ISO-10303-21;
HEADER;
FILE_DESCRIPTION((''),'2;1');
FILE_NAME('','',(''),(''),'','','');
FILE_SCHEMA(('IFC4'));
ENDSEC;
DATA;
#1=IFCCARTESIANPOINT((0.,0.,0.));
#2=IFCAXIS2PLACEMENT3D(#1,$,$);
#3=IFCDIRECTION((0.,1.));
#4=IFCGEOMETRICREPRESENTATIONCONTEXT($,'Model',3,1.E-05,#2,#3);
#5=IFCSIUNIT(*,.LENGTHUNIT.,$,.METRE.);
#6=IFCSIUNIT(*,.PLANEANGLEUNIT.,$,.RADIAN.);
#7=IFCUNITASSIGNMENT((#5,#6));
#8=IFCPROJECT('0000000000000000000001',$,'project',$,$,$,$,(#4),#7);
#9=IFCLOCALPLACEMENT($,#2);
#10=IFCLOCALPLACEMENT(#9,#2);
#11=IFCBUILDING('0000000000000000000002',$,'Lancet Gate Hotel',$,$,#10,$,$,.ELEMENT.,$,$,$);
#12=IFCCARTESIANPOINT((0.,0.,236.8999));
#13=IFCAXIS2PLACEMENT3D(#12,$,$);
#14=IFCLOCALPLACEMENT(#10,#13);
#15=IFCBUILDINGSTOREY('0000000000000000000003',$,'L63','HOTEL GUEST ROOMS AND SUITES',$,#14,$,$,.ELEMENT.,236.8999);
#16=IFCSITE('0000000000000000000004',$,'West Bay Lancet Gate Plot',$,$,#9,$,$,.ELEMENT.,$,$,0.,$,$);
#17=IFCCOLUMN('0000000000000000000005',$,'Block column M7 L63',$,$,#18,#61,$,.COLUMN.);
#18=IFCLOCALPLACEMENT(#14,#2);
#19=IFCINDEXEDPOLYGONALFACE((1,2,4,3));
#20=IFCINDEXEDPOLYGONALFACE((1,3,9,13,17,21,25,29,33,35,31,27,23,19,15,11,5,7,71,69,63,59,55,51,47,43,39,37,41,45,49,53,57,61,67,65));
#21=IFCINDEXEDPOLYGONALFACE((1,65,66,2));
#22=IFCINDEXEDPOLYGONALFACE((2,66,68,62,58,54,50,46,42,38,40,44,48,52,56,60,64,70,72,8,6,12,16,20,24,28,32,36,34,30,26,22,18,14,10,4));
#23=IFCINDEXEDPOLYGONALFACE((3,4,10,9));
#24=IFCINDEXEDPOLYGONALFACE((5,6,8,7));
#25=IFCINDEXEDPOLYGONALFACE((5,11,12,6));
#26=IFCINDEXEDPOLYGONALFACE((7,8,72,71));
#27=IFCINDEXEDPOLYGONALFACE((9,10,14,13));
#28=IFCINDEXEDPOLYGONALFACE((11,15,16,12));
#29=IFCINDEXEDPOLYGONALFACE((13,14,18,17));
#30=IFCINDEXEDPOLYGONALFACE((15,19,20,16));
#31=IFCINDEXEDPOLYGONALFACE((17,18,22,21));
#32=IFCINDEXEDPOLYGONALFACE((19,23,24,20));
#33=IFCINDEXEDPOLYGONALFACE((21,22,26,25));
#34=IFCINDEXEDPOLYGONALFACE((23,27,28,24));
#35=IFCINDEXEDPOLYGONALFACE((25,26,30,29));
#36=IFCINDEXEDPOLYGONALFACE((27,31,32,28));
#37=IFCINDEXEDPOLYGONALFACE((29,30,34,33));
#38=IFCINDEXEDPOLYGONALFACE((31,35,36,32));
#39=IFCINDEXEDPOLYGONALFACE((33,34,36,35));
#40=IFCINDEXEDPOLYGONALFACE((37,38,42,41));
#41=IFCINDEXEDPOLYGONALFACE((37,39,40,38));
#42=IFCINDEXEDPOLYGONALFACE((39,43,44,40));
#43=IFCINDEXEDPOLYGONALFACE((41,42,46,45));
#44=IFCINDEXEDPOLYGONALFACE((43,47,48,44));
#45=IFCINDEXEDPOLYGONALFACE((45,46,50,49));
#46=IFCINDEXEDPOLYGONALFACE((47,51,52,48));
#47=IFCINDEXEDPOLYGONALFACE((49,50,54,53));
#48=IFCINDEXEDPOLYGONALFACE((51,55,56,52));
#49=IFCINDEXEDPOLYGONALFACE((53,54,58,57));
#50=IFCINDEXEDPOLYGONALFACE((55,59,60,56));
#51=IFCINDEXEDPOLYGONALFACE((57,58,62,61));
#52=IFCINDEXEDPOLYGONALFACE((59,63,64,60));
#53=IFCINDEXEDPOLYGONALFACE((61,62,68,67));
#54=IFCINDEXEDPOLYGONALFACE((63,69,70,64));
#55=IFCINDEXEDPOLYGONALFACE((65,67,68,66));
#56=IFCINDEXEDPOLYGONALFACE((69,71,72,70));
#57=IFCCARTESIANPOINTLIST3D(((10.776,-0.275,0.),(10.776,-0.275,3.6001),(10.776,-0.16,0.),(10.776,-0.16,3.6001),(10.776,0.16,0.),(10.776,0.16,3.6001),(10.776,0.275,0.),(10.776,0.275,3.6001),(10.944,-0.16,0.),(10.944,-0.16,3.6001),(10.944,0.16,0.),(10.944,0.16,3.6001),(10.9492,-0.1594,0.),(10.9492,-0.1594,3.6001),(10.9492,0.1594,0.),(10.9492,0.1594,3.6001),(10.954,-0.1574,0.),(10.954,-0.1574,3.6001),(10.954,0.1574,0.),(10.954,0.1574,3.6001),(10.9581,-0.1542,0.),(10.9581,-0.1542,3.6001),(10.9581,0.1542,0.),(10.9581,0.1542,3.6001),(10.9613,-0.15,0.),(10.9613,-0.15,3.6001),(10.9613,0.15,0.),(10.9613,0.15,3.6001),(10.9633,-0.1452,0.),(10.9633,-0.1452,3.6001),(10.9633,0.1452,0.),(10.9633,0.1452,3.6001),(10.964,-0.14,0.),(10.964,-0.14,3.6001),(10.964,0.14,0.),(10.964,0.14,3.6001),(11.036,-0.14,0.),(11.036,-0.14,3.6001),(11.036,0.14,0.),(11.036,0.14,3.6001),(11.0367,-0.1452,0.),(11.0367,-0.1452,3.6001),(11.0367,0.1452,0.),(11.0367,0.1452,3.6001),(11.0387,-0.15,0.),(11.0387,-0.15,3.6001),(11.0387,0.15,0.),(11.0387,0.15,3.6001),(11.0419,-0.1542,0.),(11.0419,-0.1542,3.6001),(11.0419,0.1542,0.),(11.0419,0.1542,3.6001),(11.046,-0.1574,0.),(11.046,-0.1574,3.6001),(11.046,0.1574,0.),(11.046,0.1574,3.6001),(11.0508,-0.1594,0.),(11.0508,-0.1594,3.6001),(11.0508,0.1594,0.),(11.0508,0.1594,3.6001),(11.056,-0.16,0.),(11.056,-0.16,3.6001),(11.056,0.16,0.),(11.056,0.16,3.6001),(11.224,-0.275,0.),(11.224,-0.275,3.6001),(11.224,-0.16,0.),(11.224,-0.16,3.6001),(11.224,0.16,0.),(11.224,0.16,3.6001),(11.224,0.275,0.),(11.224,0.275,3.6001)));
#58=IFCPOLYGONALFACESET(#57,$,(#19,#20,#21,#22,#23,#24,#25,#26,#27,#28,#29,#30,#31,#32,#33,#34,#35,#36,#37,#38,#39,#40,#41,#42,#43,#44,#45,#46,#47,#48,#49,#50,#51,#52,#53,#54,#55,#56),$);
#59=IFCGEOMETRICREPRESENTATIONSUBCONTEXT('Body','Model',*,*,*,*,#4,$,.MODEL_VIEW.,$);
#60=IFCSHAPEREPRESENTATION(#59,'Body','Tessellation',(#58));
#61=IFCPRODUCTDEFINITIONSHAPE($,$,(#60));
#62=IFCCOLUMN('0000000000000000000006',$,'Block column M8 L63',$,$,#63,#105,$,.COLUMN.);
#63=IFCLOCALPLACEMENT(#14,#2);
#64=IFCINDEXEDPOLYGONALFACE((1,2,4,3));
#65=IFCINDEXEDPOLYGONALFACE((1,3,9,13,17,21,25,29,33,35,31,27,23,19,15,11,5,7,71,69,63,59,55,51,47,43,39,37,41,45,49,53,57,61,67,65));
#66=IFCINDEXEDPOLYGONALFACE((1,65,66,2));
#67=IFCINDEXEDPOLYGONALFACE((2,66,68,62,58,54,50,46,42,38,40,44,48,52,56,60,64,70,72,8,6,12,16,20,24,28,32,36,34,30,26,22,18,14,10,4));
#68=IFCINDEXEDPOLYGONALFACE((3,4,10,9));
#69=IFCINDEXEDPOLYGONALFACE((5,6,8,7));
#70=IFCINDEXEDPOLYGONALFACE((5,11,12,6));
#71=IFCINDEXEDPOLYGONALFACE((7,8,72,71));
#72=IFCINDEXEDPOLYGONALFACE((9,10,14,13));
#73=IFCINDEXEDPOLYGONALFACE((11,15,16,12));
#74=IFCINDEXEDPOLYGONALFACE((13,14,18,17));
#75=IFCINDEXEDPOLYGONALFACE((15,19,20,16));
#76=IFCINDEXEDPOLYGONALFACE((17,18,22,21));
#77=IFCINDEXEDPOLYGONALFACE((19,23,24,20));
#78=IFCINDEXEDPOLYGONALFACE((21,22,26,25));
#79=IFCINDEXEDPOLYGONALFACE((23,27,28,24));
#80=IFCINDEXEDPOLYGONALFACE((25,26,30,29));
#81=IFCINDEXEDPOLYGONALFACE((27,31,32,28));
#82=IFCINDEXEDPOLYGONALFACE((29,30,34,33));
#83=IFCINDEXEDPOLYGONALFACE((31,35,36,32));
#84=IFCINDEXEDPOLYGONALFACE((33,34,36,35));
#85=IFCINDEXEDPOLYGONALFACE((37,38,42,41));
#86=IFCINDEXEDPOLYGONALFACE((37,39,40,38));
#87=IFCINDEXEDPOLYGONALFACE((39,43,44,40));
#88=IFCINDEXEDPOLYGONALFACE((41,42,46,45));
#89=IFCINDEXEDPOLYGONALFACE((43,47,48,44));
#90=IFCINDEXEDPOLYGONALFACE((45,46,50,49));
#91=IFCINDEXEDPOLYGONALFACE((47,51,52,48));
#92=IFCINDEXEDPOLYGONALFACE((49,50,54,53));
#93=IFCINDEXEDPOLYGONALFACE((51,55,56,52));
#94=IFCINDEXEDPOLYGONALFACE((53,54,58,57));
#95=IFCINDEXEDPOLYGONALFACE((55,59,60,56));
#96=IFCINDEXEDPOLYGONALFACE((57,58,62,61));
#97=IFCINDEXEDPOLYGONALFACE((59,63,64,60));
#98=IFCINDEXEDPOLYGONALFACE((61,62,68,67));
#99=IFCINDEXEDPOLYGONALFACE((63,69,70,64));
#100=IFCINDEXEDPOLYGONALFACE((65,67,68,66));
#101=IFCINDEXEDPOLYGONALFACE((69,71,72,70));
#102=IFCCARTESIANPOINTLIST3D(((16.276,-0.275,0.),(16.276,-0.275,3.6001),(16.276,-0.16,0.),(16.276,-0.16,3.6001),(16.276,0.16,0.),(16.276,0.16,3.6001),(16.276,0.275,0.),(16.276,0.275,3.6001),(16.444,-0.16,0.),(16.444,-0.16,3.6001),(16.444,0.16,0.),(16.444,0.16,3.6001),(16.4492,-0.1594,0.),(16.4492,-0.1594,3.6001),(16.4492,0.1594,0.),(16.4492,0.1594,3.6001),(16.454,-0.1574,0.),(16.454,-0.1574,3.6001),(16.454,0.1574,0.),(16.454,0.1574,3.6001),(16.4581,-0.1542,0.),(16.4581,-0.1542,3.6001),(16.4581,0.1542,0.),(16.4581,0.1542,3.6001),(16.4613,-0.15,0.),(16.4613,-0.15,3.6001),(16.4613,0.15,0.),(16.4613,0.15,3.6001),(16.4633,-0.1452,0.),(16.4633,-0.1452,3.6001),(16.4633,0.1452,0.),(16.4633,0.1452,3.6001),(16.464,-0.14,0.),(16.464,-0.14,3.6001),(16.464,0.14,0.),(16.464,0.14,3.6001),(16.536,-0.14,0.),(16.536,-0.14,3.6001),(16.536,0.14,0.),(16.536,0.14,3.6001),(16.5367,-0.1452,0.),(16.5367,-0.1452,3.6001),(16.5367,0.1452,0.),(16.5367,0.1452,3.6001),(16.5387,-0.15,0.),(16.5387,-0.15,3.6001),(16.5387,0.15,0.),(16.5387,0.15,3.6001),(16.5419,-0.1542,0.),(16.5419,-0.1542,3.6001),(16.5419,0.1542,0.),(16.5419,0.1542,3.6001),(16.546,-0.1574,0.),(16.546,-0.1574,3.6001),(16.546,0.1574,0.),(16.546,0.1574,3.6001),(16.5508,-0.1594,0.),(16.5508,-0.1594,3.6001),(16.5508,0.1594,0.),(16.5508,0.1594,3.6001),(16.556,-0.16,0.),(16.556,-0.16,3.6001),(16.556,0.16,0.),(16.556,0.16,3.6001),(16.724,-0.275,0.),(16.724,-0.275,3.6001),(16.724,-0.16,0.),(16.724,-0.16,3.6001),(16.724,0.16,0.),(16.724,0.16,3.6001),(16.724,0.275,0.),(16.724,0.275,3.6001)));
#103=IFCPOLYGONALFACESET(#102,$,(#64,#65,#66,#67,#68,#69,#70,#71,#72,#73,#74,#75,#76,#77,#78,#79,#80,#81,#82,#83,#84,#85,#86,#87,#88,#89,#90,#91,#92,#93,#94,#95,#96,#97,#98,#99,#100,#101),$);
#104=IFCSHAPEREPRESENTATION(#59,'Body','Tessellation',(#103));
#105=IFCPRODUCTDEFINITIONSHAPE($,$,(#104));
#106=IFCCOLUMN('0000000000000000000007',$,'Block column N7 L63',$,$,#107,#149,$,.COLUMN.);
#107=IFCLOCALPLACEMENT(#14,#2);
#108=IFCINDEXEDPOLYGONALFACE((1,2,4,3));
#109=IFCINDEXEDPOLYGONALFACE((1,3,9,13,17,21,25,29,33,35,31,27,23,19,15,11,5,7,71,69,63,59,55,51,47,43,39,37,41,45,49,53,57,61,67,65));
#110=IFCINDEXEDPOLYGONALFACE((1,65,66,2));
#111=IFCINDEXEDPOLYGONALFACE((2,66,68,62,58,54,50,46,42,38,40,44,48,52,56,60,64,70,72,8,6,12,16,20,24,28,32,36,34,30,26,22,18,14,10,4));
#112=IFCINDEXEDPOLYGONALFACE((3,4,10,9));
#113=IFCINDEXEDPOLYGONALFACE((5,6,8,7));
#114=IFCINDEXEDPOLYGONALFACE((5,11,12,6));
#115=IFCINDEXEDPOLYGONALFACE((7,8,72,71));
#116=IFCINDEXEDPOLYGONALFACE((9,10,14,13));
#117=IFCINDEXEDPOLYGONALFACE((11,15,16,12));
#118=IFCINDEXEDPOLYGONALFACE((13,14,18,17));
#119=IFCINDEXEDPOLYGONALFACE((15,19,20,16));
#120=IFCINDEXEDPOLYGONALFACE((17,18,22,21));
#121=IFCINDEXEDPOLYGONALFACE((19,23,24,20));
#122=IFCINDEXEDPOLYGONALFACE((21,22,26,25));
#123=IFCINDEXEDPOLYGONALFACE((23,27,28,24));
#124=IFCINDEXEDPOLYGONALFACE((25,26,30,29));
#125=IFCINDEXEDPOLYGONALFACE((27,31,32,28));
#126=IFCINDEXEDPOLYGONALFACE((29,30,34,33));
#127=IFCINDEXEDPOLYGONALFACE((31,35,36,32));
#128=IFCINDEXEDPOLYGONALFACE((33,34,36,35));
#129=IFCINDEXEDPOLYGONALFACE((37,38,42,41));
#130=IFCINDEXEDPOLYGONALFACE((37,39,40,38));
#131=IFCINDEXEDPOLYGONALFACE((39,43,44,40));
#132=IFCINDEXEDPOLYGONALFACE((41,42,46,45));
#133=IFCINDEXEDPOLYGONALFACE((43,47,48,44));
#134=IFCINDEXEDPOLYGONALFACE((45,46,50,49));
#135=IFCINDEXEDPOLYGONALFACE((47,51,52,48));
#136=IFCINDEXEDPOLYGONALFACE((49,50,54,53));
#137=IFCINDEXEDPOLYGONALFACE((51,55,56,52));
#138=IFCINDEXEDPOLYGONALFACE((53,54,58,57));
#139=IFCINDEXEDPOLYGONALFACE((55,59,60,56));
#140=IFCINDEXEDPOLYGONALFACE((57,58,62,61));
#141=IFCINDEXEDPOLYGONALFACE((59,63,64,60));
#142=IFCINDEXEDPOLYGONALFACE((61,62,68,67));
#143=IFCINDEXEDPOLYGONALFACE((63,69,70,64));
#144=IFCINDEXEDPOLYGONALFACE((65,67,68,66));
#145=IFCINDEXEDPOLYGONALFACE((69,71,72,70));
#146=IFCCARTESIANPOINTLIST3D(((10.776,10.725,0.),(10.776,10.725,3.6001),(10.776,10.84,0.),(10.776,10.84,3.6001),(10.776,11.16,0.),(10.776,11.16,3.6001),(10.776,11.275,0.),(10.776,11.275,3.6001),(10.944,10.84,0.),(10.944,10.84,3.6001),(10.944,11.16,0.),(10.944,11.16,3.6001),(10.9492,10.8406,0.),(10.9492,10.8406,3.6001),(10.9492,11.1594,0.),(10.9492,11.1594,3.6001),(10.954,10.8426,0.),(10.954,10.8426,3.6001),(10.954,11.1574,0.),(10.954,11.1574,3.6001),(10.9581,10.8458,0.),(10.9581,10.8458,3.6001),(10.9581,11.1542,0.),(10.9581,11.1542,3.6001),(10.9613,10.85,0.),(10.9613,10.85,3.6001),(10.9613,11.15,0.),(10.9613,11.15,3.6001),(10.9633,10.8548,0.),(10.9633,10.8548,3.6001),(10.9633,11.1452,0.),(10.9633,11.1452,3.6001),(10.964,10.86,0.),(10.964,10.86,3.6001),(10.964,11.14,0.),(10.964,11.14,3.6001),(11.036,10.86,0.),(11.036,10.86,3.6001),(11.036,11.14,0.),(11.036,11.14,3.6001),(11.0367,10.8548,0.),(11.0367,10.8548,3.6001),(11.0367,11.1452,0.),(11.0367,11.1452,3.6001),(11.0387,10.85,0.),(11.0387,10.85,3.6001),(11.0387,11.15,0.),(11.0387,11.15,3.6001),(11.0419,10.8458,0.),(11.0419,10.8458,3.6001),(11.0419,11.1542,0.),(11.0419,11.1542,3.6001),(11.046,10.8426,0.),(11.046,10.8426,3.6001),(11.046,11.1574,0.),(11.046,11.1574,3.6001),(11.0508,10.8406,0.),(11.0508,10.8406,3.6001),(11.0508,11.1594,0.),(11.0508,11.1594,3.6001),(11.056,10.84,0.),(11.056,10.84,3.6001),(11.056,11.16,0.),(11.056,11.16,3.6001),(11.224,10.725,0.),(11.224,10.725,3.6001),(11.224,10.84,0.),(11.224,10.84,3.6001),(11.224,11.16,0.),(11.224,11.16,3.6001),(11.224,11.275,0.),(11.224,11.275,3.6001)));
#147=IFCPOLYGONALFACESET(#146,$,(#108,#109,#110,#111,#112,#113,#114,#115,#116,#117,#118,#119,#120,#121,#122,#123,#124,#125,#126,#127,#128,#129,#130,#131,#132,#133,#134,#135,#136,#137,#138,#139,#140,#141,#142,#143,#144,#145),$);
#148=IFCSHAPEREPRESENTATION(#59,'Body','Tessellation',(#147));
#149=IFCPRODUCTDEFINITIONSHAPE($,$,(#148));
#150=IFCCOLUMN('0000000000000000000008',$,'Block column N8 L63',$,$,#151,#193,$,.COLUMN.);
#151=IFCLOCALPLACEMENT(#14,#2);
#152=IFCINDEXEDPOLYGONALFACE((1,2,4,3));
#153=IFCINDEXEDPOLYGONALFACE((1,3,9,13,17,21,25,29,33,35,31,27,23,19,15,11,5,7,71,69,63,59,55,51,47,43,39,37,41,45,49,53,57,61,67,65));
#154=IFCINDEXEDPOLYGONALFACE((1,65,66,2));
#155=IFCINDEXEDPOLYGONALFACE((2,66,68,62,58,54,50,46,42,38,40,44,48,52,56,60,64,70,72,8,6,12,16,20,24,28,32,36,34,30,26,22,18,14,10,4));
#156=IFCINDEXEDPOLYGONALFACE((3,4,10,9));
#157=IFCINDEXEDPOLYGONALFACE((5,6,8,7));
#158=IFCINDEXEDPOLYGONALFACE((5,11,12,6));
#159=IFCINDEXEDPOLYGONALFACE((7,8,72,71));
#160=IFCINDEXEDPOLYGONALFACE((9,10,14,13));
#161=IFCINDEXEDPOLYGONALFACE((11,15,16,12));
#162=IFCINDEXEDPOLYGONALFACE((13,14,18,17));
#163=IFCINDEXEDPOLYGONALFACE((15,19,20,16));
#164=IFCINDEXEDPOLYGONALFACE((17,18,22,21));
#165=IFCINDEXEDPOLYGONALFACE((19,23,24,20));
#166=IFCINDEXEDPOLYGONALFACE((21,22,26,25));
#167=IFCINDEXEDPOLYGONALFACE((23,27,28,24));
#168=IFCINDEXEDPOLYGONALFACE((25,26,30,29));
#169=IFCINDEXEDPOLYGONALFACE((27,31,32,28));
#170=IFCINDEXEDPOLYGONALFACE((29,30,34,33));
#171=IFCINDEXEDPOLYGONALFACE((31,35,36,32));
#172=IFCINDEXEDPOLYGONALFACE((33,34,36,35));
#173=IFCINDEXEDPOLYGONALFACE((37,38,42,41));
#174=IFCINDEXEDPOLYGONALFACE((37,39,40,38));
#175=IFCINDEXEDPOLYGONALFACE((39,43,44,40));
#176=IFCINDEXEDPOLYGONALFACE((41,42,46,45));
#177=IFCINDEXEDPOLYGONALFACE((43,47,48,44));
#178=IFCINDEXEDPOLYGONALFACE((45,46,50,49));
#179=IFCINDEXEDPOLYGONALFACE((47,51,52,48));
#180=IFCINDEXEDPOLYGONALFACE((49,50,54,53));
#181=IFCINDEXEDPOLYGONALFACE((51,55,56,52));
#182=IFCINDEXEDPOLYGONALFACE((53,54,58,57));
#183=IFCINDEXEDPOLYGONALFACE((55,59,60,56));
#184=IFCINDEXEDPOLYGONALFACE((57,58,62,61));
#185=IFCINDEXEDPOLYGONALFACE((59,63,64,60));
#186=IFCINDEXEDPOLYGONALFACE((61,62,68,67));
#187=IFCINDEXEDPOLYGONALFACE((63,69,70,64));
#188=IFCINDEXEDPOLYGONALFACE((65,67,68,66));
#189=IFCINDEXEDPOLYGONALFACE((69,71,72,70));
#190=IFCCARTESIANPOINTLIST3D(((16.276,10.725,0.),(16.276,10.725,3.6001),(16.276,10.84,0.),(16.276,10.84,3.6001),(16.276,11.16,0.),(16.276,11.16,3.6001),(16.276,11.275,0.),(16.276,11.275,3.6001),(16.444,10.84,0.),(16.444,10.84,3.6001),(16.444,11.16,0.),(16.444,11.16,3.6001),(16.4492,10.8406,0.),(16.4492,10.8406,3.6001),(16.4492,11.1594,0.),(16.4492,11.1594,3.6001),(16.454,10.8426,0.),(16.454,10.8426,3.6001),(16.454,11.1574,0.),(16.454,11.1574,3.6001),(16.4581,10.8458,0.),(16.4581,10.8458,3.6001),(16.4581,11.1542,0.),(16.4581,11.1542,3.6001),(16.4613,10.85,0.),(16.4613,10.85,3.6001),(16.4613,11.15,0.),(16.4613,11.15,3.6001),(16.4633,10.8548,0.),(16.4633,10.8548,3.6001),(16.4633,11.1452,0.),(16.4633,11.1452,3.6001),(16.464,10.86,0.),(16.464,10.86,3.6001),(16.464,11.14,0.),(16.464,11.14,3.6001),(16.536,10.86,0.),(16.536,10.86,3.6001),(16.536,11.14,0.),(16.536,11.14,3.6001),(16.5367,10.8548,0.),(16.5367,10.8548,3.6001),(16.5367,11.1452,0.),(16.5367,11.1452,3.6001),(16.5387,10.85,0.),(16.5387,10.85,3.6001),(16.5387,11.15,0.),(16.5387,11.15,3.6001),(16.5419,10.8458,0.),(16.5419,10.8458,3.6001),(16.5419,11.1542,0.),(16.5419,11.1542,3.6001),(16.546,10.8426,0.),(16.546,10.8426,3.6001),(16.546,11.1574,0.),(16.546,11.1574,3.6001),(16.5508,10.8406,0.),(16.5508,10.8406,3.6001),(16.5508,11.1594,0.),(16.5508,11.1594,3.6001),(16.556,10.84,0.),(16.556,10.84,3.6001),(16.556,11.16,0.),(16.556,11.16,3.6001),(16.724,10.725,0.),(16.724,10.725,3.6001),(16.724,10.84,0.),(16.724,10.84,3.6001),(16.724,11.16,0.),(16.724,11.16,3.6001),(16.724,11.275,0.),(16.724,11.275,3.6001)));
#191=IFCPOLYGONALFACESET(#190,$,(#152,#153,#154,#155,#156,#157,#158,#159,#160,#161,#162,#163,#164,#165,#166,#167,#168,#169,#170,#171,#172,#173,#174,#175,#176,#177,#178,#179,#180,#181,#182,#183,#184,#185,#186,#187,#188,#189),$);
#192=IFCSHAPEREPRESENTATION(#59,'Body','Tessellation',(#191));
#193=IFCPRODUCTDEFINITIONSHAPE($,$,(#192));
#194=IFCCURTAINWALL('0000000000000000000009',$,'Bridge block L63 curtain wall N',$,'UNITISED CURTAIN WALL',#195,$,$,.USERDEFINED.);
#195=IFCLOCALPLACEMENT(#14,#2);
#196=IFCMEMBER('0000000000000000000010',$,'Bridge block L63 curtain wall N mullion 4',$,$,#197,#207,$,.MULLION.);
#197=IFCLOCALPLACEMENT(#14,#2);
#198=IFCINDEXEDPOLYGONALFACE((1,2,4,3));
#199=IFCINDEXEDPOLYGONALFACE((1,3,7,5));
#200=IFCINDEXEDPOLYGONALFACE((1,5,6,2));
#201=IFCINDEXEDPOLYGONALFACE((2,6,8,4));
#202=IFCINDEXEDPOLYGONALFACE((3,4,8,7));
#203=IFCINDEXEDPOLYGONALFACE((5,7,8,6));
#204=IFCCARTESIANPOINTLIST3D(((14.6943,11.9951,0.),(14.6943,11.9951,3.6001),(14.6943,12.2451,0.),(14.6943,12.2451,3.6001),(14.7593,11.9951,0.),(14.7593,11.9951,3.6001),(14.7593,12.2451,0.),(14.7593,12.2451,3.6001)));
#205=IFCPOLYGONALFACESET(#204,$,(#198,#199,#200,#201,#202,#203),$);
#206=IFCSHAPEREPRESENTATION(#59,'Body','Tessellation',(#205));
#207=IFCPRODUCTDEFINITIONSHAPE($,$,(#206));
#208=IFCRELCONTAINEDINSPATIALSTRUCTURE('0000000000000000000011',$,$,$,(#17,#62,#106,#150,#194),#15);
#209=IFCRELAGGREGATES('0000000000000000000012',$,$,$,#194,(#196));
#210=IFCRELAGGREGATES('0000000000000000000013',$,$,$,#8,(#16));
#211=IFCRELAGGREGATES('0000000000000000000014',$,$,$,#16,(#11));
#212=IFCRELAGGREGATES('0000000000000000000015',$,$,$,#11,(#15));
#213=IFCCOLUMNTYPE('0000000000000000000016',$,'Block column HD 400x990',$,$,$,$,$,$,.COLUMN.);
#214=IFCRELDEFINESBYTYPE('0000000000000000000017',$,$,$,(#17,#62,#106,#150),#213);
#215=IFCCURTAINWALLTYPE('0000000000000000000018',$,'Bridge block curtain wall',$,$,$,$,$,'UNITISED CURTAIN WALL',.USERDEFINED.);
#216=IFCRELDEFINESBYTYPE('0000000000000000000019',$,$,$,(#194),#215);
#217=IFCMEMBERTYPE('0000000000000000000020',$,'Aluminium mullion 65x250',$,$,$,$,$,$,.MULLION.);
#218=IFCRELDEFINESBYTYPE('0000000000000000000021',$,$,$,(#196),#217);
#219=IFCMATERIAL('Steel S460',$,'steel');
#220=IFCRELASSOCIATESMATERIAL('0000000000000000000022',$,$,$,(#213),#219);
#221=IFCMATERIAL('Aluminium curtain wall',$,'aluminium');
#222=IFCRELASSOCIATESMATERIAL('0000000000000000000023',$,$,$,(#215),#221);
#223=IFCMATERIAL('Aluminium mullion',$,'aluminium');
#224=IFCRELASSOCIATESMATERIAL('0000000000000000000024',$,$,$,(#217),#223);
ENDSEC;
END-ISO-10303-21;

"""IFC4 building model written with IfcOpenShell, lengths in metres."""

from ifc_helpers import new_model, si_unit, direction, frame, origin, origin_2d, place, context, subcontext, project, spatial, rectangle, i_section, extrude, material, material_profile, profile_set, type_object, element, aggregate, save


model = new_model("IFC4")

# Units and contexts
model_context = context("Model", 3, precision=1e-05, world=origin(), true_north=direction((0.0, 1.0)))
body_context = subcontext(model_context, "Body", "Model", "MODEL_VIEW")
ifc_project = project(units=[si_unit("LENGTHUNIT", "METRE"), si_unit("PLANEANGLEUNIT", "RADIAN")], contexts=[model_context])

# Site, building, storey
site_placement = place(None, origin())
site = spatial("IfcSite", under=ifc_project, at=site_placement, Name="West Bay Lancet Gate Plot", CompositionType="ELEMENT", RefElevation=0.0)
building_placement = place(site_placement, origin())
building = spatial("IfcBuilding", under=site, at=building_placement, Name="Lancet Gate Hotel", CompositionType="ELEMENT")
storey_placement = place(building_placement, frame((0.0, 0.0, 236.8999)))
storey = spatial("IfcBuildingStorey", under=building, at=storey_placement, Name="L63", Description="HOTEL GUEST ROOMS AND SUITES", CompositionType="ELEMENT", Elevation=236.8999)

# Columns
ifc_material_1 = material(Name="Steel S460", Category="steel")
ifc_material_profile_1 = material_profile(ifc_material_1, i_section(OverallWidth=0.448, OverallDepth=0.55, WebThickness=0.072, FlangeThickness=0.115, FilletRadius=0.02, at=origin_2d()), Name="HD 400x990")
ifc_profile_set_1 = profile_set([ifc_material_profile_1], Name="Steel S460")
column_type = type_object("IfcColumnType", Name="Block column HD 400x990", PredefinedType="COLUMN", material=ifc_profile_set_1)
for number, where, z_axis, x_axis, name in (
    (1, (11.0, 0.0, 0.0), (0.0, 0.0, 1.0), (1.0, 0.0, 0.0), "Block column M7 L63"),
    (2, (16.5, 0.0, 0.0), (0.0, 0.0, 1.0), (1.0, 0.0, 0.0), "Block column M8 L63"),
    (3, (11.0, 11.0, 0.0), (0.0, 0.0, 1.0), (1.0, 0.0, 0.0), "Block column N7 L63"),
    (4, (16.5, 11.0, 0.0), (0.0, 0.0, 1.0), (1.0, 0.0, 0.0), "Block column N8 L63"),
):
    element("IfcColumn", number, at=place(storey_placement, frame(where, z_axis=z_axis, x_axis=x_axis)), inside=storey, type_object=column_type, Name=name, PredefinedType="COLUMN", context=body_context, shape_type="SweptSolid", body=[
        extrude(i_section(OverallWidth=0.448, OverallDepth=0.55, WebThickness=0.072, FlangeThickness=0.115, FilletRadius=0.02, at=origin_2d()), origin(), (0.0, 0.0, 1.0), 3.6001),
    ])

# Curtain wall, member
ifc_material_2 = material(Name="Aluminium curtain wall", Category="aluminium")
curtain_wall_type = type_object("IfcCurtainWallType", Name="Bridge block curtain wall", ElementType="UNITISED CURTAIN WALL", PredefinedType="USERDEFINED", material=ifc_material_2)
curtain_wall_placement = place(storey_placement, origin())
curtain_wall = element("IfcCurtainWall", 5, at=curtain_wall_placement, inside=storey, type_object=curtain_wall_type, Name="Bridge block L63 curtain wall N", ObjectType="UNITISED CURTAIN WALL", PredefinedType="USERDEFINED")
ifc_material_3 = material(Name="Aluminium mullion", Category="aluminium")
ifc_material_profile_2 = material_profile(ifc_material_3, rectangle(XDim=0.0649, YDim=0.25, at=origin_2d()), Name="MULLION 65x250")
ifc_profile_set_2 = profile_set([ifc_material_profile_2], Name="Aluminium mullion")
member_type_1 = type_object("IfcMemberType", Name="Aluminium mullion 65x250", PredefinedType="MULLION", material=ifc_profile_set_2)
member_1_placement = place(storey_placement, frame((14.7268, 12.1201, 0.0), z_axis=(0.0, 0.0, 1.0), x_axis=(-1.0, 0.0, 0.0)))
member_1 = element("IfcMember", 6, at=member_1_placement, type_object=member_type_1, Name="Bridge block L63 curtain wall N mullion 4", PredefinedType="MULLION", context=body_context, shape_type="SweptSolid", body=[
    extrude(rectangle(XDim=0.0649, YDim=0.25, at=origin_2d()), origin(), (0.0, 0.0, 1.0), 3.6001),
])

aggregate(curtain_wall, [member_1])

save(model, "model.ifc")
